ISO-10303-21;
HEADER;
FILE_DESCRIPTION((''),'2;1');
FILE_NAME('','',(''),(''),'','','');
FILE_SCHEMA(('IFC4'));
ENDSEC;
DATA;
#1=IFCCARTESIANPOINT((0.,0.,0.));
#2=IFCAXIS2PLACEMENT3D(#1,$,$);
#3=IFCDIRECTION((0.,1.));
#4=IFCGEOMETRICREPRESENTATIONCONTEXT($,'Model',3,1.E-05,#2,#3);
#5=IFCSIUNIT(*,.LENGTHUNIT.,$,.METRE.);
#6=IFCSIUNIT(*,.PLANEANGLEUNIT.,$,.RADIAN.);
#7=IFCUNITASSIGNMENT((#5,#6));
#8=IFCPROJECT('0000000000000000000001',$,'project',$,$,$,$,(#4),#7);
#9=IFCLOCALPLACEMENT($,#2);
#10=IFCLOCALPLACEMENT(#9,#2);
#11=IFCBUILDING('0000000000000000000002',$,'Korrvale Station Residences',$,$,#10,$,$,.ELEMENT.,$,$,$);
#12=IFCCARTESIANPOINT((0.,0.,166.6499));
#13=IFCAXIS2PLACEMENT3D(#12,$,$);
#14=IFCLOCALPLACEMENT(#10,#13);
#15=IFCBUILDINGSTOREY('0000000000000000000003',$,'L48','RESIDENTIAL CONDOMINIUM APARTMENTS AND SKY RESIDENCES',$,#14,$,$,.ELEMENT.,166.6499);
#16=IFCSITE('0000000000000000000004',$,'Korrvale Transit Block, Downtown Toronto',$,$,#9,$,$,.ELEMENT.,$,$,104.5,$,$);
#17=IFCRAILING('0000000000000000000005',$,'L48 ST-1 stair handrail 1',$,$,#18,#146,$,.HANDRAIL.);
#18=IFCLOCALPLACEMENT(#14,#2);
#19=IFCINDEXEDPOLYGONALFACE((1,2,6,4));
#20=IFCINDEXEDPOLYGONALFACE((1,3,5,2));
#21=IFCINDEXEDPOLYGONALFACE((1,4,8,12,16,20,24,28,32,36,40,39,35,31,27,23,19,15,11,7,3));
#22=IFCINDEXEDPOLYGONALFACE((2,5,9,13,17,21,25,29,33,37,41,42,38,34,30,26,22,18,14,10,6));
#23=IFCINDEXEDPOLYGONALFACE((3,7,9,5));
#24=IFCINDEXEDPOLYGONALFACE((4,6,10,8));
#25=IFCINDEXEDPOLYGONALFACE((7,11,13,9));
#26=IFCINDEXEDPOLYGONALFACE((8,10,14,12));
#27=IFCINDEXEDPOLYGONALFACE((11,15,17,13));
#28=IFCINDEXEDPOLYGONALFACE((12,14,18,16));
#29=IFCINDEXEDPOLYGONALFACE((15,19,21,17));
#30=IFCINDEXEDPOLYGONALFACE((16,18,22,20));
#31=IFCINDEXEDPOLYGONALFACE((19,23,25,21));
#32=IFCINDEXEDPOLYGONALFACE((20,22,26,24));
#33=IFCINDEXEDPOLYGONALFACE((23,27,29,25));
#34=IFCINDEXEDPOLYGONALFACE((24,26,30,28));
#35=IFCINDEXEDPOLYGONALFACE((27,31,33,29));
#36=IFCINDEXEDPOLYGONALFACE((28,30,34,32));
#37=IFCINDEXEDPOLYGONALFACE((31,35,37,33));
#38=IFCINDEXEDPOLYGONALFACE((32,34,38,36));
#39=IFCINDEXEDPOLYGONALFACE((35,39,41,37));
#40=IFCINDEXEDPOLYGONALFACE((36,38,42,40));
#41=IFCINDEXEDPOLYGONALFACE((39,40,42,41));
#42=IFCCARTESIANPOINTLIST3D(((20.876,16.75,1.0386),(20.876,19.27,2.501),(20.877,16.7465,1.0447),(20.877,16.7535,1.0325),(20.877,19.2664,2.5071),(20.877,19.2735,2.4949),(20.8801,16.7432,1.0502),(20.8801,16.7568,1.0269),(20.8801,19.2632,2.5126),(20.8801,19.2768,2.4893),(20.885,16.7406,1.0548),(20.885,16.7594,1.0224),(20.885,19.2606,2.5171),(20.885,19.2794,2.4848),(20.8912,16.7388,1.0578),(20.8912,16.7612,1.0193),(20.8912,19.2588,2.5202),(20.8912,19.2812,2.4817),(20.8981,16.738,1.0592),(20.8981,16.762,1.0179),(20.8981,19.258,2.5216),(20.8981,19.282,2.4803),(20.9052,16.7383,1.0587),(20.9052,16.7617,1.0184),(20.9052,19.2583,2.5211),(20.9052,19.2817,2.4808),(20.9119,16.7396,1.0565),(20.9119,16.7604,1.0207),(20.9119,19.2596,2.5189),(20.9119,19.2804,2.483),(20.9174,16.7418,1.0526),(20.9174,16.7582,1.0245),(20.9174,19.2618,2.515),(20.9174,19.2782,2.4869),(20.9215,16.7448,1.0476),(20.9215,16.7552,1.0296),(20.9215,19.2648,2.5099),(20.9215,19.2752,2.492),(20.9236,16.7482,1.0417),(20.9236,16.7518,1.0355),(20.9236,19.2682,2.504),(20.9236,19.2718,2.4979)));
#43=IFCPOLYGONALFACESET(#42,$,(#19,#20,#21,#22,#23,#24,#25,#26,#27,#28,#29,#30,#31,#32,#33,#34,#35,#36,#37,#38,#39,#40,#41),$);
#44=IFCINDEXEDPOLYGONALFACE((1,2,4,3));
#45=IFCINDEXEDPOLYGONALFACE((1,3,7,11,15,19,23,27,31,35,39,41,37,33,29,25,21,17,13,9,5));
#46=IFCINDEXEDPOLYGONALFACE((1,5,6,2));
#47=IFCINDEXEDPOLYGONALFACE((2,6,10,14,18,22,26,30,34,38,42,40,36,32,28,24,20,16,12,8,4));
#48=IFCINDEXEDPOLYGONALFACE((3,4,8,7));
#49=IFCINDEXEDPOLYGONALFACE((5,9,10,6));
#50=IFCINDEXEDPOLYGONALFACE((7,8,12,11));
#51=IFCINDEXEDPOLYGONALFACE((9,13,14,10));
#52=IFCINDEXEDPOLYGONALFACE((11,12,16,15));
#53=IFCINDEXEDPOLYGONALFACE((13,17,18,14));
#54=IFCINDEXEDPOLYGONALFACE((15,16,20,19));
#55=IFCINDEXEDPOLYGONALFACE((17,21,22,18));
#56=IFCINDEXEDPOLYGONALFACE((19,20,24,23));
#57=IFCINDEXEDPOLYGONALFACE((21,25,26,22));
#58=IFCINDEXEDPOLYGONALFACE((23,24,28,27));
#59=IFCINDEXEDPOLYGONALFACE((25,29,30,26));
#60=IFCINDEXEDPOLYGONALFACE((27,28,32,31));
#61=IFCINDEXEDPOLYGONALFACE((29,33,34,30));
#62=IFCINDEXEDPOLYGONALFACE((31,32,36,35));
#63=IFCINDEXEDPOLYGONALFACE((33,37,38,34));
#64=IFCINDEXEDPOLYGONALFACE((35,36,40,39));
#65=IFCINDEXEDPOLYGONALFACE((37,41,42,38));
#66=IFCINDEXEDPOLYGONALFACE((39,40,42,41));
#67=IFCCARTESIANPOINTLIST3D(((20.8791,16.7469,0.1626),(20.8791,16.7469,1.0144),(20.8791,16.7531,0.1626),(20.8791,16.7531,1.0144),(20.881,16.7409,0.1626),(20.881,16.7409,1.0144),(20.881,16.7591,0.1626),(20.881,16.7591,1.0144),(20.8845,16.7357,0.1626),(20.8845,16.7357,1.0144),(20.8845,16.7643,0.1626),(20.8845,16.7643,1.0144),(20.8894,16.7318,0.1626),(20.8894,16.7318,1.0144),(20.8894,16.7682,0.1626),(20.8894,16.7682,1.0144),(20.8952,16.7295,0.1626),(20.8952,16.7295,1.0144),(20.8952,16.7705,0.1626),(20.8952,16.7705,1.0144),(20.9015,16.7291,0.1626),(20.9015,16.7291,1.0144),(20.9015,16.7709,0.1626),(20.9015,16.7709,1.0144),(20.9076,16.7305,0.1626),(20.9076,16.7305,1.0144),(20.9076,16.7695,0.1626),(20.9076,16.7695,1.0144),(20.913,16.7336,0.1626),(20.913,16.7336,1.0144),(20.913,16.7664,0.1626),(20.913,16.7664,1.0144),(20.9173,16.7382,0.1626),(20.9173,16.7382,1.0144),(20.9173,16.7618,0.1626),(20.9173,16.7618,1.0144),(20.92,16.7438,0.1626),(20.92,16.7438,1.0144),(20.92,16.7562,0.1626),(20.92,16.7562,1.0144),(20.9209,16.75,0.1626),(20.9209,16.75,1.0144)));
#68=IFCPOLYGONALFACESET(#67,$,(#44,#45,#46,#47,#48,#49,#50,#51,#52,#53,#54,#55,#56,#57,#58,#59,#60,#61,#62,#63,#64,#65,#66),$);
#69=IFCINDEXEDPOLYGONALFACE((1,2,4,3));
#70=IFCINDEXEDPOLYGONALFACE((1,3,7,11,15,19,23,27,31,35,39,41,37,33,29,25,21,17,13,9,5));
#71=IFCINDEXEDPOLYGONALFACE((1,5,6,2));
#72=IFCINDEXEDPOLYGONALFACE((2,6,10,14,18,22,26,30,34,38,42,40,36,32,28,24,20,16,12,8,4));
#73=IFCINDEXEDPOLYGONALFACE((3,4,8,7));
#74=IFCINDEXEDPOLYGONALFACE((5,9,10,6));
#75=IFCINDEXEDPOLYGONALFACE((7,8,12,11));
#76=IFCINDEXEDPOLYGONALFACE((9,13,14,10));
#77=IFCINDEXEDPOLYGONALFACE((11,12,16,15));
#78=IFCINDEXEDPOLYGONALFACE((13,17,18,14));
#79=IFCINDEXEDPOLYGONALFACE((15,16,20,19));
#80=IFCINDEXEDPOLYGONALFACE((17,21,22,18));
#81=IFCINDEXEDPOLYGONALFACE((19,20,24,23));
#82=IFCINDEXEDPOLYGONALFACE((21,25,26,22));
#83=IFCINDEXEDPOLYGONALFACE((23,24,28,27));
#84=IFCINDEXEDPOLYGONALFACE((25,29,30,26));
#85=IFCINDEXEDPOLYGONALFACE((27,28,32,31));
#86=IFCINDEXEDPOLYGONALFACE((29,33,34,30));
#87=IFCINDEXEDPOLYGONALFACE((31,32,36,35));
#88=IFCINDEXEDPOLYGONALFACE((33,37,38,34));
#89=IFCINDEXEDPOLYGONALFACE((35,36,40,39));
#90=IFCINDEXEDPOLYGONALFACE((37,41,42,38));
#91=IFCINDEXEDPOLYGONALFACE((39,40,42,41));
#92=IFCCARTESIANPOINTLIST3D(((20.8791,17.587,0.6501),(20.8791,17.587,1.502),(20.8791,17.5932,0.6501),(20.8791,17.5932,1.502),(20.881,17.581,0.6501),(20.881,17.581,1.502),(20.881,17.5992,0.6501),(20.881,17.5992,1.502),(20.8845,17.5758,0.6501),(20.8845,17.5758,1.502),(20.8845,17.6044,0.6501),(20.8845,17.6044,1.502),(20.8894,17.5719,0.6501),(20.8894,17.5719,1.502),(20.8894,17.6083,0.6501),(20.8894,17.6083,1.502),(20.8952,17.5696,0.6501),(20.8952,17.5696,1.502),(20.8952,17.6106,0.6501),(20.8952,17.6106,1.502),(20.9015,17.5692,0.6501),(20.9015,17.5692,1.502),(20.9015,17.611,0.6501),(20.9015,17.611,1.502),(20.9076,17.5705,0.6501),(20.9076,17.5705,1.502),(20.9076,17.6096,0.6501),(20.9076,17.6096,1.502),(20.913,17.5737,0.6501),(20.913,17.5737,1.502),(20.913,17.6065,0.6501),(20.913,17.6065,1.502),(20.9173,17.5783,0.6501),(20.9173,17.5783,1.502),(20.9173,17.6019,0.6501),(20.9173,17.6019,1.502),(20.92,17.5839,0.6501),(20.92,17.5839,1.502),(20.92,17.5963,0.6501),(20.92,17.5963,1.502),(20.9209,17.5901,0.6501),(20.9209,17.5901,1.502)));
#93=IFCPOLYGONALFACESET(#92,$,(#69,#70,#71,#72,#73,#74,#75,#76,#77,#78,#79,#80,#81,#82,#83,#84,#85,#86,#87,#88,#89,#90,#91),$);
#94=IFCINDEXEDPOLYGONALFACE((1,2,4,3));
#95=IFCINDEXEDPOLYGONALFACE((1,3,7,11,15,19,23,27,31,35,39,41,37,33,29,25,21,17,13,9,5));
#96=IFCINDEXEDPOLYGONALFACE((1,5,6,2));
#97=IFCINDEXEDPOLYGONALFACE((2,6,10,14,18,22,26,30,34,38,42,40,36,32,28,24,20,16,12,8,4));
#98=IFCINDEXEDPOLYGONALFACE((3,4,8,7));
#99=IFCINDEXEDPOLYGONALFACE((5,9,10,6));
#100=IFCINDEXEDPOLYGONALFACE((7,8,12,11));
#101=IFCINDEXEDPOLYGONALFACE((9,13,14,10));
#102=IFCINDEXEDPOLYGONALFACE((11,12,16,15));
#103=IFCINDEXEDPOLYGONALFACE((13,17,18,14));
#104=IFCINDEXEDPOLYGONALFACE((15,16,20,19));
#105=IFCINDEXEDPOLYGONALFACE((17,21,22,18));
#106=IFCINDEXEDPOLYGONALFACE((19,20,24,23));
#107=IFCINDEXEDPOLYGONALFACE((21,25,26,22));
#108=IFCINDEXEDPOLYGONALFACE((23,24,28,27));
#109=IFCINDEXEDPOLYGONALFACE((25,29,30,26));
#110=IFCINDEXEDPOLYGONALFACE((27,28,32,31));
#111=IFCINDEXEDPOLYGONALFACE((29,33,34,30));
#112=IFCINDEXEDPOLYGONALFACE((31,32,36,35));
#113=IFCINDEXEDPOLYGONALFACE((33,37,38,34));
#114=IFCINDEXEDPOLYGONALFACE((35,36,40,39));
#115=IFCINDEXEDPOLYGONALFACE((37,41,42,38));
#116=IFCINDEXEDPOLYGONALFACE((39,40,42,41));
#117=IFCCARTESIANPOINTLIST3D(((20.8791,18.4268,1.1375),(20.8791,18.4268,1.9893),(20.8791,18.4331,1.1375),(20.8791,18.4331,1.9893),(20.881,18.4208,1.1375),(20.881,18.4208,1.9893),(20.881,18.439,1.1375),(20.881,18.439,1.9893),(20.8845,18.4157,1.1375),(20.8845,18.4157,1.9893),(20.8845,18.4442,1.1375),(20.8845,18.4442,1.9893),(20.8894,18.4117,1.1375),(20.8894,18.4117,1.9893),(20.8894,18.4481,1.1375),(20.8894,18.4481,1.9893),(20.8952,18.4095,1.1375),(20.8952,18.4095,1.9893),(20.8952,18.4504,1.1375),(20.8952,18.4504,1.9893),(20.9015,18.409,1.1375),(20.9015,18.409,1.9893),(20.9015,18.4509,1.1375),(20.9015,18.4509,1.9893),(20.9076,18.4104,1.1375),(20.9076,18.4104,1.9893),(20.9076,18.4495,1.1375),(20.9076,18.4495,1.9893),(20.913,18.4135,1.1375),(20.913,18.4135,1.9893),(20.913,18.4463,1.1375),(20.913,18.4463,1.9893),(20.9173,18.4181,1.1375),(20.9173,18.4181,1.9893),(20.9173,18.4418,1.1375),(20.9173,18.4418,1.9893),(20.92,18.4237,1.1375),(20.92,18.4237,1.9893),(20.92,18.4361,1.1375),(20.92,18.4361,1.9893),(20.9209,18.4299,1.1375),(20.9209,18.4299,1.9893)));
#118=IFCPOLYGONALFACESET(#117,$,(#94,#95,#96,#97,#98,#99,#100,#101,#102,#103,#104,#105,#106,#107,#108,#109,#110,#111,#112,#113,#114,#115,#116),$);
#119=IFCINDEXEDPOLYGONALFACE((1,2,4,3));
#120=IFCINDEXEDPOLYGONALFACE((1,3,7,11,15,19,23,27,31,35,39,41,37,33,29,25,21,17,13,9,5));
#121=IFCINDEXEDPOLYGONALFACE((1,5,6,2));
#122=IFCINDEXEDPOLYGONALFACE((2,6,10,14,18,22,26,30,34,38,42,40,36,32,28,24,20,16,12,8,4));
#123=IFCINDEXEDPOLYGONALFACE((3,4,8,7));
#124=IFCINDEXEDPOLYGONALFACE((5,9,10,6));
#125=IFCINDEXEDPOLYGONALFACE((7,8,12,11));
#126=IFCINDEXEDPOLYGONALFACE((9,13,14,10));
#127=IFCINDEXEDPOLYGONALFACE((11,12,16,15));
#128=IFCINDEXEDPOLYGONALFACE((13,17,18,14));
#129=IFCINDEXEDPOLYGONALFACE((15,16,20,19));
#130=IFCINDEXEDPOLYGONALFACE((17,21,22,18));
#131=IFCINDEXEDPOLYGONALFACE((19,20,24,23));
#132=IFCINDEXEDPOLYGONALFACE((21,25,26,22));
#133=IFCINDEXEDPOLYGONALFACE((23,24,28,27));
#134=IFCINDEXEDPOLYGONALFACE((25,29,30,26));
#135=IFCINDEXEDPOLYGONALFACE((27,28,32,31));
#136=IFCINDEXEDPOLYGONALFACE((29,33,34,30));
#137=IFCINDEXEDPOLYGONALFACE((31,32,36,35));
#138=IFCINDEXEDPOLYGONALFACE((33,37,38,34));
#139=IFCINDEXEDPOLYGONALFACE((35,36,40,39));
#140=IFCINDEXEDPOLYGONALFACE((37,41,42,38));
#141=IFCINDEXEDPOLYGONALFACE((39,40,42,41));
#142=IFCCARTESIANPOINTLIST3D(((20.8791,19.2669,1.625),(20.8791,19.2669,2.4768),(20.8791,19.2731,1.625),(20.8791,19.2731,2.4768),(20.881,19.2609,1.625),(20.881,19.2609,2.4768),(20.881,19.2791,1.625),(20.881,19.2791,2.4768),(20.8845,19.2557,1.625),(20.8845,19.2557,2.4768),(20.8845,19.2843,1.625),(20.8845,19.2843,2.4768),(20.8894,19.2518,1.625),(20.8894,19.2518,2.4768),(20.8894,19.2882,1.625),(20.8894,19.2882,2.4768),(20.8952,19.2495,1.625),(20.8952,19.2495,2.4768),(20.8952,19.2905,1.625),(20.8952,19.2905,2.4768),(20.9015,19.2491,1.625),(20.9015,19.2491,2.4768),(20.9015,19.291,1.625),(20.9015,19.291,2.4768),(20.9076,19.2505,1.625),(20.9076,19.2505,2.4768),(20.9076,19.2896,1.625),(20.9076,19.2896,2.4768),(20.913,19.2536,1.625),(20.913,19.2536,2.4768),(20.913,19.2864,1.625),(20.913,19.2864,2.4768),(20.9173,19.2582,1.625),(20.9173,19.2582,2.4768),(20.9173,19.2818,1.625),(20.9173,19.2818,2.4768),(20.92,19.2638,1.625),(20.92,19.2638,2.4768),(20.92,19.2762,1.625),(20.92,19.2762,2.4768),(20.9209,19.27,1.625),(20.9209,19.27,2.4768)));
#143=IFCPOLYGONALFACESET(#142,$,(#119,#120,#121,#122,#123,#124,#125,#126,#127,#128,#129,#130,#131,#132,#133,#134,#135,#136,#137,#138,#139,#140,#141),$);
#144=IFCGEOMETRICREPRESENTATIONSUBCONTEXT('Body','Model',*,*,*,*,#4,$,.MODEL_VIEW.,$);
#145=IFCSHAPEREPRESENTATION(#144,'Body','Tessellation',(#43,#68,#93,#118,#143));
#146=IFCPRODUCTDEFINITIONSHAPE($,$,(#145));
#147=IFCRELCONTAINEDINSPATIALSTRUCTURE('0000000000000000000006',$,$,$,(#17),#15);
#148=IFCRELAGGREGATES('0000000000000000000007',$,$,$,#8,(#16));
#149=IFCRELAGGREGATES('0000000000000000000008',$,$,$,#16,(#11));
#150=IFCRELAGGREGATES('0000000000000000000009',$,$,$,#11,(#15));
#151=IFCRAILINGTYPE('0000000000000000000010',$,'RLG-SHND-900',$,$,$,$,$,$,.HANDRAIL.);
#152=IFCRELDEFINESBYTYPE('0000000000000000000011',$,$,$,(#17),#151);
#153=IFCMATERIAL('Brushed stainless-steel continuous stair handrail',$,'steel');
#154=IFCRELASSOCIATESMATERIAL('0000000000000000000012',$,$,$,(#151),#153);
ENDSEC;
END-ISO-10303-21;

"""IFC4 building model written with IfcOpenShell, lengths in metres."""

from ifc_helpers import new_model, si_unit, direction, frame, origin, origin_2d, place, context, subcontext, project, spatial, circle, extrude, material, type_object, element, save


model = new_model("IFC4")

# Units and contexts
model_context = context("Model", 3, precision=1e-05, world=origin(), true_north=direction((0.0, 1.0)))
body_context = subcontext(model_context, "Body", "Model", "MODEL_VIEW")
ifc_project = project(units=[si_unit("LENGTHUNIT", "METRE"), si_unit("PLANEANGLEUNIT", "RADIAN")], contexts=[model_context])

# Site, building, storey
site_placement = place(None, origin())
site = spatial("IfcSite", under=ifc_project, at=site_placement, Name="Korrvale Transit Block, Downtown Toronto", CompositionType="ELEMENT", RefElevation=104.5)
building_placement = place(site_placement, origin())
building = spatial("IfcBuilding", under=site, at=building_placement, Name="Korrvale Station Residences", CompositionType="ELEMENT")
storey_placement = place(building_placement, frame((0.0, 0.0, 166.6499)))
storey = spatial("IfcBuildingStorey", under=building, at=storey_placement, Name="L48", Description="RESIDENTIAL CONDOMINIUM APARTMENTS AND SKY RESIDENCES", CompositionType="ELEMENT", Elevation=166.6499)

# Railing
ifc_material_1 = material(Name="Brushed stainless-steel continuous stair handrail", Category="steel")
railing_type_1 = type_object("IfcRailingType", Name="RLG-SHND-900", PredefinedType="HANDRAIL", material=ifc_material_1)
railing_1_placement = place(storey_placement, frame((20.8999, 16.75, 0.1626)))
element("IfcRailing", 1, at=railing_1_placement, inside=storey, type_object=railing_type_1, Name="L48 ST-1 stair handrail 1", PredefinedType="HANDRAIL", context=body_context, shape_type="SweptSolid", body=[
    extrude(circle(Radius=0.0239, at=origin_2d()), frame((0.0, 0.0, 0.876), z_axis=(0.0, 0.864913, 0.501921), x_axis=(-1.0, 0.0, 0.0)), (0.0, 0.0, 1.0), 2.9136),
    extrude(circle(Radius=0.021, at=origin_2d()), origin(), (0.0, 0.0, 1.0), 0.8518),
    extrude(circle(Radius=0.021, at=origin_2d()), frame((0.0, 0.8401, 0.4875)), (0.0, 0.0, 1.0), 0.8518),
    extrude(circle(Radius=0.021, at=origin_2d()), frame((0.0, 1.6799, 0.9749)), (0.0, 0.0, 1.0), 0.8518),
    extrude(circle(Radius=0.021, at=origin_2d()), frame((0.0, 2.52, 1.4624)), (0.0, 0.0, 1.0), 0.8518),
])

save(model, "model.ifc")
